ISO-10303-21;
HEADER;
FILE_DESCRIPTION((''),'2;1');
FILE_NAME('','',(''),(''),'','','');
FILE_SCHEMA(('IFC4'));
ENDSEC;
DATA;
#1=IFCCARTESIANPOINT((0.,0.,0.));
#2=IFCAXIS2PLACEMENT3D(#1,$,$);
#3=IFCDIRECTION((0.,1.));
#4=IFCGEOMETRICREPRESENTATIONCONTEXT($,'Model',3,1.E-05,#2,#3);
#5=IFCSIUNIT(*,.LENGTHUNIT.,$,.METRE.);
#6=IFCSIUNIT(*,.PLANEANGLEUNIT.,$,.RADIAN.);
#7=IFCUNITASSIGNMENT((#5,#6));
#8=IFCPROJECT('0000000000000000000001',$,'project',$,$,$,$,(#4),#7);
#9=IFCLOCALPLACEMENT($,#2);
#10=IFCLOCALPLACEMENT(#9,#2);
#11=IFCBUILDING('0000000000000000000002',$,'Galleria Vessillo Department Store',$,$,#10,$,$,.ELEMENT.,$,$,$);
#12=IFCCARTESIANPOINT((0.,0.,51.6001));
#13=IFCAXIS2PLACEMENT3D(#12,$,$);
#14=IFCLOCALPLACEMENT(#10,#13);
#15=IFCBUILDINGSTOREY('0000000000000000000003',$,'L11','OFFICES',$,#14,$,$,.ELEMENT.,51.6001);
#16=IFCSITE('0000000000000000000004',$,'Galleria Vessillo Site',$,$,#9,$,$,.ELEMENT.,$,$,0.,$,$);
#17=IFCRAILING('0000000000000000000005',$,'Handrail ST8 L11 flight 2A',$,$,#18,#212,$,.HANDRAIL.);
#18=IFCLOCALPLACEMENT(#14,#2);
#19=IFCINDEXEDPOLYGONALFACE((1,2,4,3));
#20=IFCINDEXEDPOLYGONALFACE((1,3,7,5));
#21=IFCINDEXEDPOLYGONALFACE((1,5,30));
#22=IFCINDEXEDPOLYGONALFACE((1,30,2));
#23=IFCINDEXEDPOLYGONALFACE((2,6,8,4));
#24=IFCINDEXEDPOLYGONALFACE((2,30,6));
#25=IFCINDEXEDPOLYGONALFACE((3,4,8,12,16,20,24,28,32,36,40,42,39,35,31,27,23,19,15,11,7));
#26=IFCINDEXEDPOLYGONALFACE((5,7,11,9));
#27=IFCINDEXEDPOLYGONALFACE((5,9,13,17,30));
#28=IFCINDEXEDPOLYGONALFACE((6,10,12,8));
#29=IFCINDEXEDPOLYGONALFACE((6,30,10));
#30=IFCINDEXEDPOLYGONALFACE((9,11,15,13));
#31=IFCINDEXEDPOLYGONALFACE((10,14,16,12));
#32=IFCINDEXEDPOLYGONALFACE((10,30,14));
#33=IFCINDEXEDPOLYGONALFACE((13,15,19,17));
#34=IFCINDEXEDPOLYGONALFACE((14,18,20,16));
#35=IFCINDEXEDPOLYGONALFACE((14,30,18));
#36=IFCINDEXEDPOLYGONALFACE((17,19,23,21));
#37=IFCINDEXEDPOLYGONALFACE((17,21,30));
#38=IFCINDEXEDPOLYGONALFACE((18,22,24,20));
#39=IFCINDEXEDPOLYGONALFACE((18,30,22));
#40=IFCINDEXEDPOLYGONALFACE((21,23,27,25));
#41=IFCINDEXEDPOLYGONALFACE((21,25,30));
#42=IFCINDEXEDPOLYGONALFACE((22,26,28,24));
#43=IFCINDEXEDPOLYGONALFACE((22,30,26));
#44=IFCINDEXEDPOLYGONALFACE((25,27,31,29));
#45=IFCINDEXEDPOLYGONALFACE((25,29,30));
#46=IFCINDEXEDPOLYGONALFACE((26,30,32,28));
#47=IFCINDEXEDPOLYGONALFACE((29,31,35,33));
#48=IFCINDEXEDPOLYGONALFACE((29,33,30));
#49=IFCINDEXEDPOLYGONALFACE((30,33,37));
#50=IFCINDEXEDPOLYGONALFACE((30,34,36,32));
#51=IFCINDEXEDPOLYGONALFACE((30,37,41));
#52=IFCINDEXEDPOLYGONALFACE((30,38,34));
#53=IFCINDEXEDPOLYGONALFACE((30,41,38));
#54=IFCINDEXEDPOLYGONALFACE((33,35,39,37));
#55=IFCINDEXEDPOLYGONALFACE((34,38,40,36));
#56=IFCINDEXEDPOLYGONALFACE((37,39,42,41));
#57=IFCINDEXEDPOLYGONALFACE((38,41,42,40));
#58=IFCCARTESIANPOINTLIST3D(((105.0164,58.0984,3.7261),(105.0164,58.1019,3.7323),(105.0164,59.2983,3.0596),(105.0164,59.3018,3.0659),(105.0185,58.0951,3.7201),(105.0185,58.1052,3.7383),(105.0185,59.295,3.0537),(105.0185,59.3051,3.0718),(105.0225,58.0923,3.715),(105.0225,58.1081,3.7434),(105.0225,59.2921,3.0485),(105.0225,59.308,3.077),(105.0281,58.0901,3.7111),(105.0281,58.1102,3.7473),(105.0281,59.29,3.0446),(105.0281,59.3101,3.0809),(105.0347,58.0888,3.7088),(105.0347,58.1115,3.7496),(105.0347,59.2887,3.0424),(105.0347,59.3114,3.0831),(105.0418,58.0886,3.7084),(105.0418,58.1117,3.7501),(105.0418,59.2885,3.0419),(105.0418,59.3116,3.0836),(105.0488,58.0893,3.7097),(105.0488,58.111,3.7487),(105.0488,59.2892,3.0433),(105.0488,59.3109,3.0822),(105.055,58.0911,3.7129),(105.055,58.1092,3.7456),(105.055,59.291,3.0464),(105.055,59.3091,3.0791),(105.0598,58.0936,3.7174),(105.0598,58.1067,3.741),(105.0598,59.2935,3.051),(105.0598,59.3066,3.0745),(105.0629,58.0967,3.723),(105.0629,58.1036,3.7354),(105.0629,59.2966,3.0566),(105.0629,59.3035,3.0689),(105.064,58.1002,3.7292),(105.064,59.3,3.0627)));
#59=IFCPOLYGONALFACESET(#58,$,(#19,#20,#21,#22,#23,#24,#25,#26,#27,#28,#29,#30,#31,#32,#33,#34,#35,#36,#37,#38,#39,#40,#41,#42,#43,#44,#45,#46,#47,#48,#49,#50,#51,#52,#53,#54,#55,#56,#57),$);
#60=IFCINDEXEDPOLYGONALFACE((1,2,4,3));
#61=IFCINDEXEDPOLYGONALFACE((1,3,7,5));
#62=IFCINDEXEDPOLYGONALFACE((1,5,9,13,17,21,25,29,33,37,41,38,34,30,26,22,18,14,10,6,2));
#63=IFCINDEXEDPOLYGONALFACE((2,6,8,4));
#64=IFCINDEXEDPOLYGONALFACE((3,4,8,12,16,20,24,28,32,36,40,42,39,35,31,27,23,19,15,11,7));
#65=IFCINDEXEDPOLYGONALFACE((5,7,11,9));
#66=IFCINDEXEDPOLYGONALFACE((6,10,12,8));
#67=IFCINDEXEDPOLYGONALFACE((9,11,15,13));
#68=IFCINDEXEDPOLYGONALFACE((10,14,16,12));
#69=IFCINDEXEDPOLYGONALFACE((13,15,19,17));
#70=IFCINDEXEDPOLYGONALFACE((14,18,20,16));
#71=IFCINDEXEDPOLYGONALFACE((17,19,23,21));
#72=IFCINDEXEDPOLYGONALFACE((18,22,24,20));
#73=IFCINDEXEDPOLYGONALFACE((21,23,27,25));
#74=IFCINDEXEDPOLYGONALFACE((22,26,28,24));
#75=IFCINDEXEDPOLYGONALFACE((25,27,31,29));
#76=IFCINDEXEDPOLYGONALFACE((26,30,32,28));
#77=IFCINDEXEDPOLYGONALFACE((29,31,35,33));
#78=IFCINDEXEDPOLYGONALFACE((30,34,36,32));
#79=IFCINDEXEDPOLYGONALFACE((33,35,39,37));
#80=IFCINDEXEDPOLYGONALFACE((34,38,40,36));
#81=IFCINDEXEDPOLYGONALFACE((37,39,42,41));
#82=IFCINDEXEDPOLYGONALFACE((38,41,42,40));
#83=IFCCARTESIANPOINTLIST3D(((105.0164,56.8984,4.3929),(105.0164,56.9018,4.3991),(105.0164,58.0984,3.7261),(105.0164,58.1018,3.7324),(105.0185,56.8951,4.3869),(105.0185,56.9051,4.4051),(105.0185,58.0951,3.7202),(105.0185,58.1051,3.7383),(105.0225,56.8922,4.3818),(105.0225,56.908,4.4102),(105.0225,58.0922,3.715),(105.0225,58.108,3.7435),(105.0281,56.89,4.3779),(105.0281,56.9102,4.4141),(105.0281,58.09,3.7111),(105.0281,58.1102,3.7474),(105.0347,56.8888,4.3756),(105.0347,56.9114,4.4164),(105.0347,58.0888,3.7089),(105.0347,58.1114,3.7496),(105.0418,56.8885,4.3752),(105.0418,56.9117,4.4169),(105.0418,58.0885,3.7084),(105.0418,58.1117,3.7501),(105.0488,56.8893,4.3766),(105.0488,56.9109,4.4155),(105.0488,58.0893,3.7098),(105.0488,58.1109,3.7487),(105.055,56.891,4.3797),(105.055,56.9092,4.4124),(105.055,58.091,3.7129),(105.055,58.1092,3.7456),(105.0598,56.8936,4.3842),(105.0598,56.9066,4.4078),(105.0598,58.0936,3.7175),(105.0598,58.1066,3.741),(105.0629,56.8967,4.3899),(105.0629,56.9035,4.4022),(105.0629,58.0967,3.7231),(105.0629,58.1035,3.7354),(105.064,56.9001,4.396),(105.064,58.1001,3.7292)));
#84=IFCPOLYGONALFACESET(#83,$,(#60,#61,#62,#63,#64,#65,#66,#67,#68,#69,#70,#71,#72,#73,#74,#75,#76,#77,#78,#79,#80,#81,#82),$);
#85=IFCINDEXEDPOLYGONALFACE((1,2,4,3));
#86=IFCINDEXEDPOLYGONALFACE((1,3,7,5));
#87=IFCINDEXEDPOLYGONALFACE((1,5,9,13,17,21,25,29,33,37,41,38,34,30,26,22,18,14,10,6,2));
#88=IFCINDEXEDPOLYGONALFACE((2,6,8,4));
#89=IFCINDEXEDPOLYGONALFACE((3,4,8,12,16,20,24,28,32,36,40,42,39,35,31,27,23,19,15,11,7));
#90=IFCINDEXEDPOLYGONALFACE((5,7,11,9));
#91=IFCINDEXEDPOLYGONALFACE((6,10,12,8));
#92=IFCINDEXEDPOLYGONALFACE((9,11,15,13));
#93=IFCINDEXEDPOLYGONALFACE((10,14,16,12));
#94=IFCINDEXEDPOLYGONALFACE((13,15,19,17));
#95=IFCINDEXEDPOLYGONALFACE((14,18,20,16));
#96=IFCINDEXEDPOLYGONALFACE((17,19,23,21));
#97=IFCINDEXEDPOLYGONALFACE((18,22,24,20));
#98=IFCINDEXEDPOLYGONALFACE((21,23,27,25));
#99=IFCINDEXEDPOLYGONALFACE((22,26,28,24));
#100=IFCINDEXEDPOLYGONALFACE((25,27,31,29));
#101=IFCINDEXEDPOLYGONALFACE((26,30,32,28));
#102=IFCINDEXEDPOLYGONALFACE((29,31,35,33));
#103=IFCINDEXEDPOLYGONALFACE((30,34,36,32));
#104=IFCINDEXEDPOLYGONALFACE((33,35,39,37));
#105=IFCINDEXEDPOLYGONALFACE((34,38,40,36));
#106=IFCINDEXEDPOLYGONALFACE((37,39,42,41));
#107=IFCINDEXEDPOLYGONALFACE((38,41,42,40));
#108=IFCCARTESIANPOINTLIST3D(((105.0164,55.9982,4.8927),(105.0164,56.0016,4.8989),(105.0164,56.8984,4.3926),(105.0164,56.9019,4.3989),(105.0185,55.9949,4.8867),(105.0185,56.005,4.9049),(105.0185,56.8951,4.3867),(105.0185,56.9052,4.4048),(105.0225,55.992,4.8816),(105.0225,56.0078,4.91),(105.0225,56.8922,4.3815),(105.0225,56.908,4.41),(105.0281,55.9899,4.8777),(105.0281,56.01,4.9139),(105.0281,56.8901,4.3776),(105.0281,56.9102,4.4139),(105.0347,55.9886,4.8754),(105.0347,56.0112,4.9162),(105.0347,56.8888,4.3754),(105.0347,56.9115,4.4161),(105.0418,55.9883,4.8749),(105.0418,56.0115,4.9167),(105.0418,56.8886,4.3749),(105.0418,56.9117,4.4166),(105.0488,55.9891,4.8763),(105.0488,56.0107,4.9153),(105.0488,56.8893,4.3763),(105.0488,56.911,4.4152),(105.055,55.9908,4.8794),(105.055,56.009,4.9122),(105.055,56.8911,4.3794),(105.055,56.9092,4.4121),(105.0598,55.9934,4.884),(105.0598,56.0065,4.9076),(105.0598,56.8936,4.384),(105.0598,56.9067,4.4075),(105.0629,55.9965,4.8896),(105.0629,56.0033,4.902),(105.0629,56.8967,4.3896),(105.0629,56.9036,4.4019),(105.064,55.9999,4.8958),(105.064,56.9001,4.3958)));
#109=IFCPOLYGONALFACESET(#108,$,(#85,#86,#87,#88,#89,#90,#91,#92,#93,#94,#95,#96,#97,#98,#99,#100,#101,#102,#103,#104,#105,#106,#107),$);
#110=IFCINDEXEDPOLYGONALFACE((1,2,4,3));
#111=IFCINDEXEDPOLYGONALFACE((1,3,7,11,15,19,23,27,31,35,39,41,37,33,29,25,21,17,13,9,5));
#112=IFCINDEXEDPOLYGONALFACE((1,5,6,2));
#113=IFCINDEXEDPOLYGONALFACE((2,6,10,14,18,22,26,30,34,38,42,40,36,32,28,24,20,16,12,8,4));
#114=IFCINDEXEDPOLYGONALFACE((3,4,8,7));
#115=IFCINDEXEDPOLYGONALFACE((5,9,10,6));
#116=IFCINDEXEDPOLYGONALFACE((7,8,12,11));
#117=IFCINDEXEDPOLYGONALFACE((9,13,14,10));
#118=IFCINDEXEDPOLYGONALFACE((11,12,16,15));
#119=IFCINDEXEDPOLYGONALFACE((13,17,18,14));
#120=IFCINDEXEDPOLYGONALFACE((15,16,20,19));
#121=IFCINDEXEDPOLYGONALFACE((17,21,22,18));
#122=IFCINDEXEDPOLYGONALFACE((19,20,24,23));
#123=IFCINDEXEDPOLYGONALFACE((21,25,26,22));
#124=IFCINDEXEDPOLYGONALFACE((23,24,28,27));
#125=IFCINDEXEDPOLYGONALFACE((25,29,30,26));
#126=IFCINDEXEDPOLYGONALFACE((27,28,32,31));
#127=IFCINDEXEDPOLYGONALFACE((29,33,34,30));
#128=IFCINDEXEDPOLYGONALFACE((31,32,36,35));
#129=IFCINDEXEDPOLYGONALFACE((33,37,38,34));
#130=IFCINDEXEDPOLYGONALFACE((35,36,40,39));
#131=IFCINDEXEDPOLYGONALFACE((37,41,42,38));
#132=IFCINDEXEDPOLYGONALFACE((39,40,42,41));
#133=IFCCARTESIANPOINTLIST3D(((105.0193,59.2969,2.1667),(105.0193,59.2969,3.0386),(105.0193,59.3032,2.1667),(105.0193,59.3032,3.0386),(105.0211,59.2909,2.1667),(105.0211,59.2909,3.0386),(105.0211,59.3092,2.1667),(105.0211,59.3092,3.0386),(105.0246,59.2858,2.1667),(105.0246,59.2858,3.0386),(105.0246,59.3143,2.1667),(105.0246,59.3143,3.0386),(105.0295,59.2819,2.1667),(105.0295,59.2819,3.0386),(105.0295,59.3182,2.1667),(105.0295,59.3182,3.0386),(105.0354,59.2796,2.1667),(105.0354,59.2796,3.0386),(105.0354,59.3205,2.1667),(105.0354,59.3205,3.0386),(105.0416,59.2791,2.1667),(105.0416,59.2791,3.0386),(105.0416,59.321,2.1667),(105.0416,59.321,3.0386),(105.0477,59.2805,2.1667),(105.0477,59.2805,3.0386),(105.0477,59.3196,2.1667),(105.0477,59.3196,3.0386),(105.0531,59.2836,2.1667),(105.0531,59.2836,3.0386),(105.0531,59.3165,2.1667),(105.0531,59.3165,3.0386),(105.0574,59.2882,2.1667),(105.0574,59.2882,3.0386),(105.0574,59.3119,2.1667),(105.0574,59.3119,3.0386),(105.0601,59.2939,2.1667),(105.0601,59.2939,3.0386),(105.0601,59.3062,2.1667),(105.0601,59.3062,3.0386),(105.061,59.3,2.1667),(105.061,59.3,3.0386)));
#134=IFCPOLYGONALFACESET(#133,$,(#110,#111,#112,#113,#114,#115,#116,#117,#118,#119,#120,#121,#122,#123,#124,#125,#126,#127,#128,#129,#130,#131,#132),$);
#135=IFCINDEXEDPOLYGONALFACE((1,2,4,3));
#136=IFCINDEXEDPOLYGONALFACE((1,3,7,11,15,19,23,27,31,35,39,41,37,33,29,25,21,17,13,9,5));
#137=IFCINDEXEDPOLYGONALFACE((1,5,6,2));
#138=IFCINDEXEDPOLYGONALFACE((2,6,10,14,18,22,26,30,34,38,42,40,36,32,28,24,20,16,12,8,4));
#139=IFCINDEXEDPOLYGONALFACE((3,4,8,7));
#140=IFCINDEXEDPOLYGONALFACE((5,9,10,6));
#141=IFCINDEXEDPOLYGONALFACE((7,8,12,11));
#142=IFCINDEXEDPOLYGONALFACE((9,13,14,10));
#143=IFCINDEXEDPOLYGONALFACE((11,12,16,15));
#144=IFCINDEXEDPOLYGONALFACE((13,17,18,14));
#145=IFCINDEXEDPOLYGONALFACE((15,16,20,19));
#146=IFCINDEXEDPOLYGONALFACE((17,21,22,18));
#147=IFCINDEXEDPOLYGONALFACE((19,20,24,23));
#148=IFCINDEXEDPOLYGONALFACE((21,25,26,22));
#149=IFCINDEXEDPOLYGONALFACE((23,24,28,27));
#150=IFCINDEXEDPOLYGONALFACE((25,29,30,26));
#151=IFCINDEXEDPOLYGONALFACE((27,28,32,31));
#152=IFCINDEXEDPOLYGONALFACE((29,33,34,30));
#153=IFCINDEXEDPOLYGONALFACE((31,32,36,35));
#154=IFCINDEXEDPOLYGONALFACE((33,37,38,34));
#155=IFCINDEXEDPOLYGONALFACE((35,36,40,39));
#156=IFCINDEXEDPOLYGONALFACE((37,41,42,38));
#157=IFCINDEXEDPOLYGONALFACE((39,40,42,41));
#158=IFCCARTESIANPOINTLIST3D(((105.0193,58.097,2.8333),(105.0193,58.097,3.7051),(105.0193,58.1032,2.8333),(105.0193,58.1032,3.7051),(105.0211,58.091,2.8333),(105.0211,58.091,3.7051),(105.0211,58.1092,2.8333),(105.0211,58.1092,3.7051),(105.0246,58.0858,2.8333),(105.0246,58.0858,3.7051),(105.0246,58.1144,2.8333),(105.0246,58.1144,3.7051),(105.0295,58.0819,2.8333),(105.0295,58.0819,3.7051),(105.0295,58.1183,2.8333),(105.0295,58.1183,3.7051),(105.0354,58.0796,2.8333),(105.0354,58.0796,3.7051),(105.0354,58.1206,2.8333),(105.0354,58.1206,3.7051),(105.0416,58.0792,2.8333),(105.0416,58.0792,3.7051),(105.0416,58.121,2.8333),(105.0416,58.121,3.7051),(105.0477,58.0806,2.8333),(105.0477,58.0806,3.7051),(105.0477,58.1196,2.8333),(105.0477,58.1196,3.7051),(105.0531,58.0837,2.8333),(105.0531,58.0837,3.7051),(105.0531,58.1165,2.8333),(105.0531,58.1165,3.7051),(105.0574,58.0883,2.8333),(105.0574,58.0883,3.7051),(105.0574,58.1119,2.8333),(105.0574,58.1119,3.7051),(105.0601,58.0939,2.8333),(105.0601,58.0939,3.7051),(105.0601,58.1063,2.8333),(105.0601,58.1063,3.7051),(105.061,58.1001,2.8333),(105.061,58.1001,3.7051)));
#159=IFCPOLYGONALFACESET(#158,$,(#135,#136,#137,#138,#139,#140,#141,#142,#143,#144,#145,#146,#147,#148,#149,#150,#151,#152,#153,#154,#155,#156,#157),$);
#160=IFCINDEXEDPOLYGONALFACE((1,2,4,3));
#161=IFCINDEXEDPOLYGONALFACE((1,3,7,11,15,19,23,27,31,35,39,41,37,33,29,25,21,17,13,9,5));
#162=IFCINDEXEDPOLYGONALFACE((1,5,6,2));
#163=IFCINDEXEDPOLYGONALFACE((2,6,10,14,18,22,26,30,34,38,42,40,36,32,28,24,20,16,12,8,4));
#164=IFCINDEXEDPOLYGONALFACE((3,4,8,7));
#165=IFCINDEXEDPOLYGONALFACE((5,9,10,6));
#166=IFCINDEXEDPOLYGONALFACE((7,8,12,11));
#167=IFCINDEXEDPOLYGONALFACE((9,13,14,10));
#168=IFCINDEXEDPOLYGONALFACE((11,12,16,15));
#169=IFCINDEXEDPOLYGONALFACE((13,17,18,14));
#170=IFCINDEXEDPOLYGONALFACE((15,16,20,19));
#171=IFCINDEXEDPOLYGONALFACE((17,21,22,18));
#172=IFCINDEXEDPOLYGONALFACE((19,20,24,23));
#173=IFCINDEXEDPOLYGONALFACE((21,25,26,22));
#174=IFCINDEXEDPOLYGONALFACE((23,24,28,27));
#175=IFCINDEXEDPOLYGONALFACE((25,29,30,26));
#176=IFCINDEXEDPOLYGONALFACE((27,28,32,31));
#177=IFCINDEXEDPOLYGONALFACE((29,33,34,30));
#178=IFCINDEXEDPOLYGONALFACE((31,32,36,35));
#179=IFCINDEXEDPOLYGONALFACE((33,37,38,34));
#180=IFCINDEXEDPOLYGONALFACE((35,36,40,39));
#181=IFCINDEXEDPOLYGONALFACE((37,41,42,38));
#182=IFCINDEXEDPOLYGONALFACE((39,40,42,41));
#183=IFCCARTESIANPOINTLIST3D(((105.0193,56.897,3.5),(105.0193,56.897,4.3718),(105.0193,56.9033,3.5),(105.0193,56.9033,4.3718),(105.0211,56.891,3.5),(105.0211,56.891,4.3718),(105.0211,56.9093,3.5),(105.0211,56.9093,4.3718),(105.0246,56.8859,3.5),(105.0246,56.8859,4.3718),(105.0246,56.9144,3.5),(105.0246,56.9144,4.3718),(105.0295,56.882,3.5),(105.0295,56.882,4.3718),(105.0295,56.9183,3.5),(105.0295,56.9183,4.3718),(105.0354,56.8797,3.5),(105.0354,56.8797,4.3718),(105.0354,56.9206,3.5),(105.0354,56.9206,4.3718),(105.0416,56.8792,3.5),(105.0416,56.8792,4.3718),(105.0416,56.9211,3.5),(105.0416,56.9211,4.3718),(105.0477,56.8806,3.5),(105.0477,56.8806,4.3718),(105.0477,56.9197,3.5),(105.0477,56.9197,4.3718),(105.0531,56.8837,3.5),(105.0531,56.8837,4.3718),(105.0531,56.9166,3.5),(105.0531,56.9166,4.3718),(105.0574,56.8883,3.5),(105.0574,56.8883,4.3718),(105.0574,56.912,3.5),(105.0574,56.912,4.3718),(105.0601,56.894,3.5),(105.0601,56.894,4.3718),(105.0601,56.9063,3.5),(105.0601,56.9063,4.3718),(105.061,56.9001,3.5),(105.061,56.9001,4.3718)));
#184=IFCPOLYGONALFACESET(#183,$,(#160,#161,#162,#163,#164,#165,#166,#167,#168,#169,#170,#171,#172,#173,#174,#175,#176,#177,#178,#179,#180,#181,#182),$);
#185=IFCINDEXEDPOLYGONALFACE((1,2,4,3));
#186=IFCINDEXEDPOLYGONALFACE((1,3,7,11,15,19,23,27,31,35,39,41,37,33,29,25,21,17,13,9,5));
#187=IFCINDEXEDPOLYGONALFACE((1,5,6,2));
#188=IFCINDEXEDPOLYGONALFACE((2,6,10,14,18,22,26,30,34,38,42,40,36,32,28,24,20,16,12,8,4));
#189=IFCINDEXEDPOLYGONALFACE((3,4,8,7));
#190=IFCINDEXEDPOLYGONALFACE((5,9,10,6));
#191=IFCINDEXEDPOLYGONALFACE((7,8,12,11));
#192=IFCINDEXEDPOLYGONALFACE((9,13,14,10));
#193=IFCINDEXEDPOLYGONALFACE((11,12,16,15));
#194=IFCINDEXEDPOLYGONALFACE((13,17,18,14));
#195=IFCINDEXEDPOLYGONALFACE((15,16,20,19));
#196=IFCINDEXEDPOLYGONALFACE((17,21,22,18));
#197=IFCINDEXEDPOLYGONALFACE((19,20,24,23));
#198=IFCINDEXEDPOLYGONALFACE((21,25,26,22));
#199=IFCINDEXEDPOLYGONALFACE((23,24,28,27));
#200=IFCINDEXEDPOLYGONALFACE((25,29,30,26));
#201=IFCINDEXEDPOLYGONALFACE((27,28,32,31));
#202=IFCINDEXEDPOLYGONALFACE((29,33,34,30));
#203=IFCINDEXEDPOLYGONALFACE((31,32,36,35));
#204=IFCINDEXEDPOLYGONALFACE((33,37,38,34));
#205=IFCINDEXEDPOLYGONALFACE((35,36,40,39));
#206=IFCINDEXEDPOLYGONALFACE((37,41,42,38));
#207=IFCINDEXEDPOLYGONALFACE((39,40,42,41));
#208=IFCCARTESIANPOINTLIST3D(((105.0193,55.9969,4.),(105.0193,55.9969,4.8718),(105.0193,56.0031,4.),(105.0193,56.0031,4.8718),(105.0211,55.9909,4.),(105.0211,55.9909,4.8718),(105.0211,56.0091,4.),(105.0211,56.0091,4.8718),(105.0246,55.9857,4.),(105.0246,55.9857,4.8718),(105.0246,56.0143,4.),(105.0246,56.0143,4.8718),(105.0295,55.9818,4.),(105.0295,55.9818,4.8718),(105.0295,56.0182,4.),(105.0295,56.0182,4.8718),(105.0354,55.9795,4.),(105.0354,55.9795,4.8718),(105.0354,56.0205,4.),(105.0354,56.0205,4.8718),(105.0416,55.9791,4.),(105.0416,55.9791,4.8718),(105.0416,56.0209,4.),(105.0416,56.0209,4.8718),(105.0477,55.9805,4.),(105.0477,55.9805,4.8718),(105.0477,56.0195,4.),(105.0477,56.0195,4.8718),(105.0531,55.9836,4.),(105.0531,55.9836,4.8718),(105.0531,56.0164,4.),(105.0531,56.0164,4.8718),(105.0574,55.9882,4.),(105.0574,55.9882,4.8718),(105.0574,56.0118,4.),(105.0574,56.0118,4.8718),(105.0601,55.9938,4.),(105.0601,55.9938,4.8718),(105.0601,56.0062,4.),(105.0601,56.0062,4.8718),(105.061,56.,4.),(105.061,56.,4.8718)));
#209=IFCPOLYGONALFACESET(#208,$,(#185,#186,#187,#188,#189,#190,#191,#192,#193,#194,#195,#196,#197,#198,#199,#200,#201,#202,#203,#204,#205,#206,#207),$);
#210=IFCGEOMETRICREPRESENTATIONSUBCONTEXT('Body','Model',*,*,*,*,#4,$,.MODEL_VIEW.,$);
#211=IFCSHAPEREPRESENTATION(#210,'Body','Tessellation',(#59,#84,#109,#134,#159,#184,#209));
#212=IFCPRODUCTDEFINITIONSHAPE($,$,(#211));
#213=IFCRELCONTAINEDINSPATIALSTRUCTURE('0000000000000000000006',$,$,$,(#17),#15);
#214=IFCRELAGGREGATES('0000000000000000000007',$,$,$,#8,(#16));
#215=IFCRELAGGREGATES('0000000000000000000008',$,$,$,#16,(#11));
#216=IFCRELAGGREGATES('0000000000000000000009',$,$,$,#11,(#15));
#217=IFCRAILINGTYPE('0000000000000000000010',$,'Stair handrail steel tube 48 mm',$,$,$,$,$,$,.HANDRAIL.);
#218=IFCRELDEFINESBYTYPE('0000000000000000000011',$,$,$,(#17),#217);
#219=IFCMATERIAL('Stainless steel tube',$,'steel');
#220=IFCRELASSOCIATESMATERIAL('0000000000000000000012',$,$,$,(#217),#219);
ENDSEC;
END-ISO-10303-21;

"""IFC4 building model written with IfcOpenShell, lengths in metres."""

from ifc_helpers import new_model, si_unit, direction, frame, origin, origin_2d, place, context, subcontext, project, spatial, circle, extrude, material, type_object, element, save


model = new_model("IFC4")

# Units and contexts
model_context = context("Model", 3, precision=1e-05, world=origin(), true_north=direction((0.0, 1.0)))
body_context = subcontext(model_context, "Body", "Model", "MODEL_VIEW")
ifc_project = project(units=[si_unit("LENGTHUNIT", "METRE"), si_unit("PLANEANGLEUNIT", "RADIAN")], contexts=[model_context])

# Site, building, storey
site_placement = place(None, origin())
site = spatial("IfcSite", under=ifc_project, at=site_placement, Name="Galleria Vessillo Site", CompositionType="ELEMENT", RefElevation=0.0)
building_placement = place(site_placement, origin())
building = spatial("IfcBuilding", under=site, at=building_placement, Name="Galleria Vessillo Department Store", CompositionType="ELEMENT")
storey_placement = place(building_placement, frame((0.0, 0.0, 51.6001)))
storey = spatial("IfcBuildingStorey", under=building, at=storey_placement, Name="L11", Description="OFFICES", CompositionType="ELEMENT", Elevation=51.6001)

# Railing
ifc_material_1 = material(Name="Stainless steel tube", Category="steel")
railing_type = type_object("IfcRailingType", Name="Stair handrail steel tube 48 mm", PredefinedType="HANDRAIL", material=ifc_material_1)
for number, where, name in (
    (1, (105.04, 59.3, 2.1667), "Handrail ST8 L11 flight 2A"),
):
    element("IfcRailing", number, at=place(storey_placement, frame(where)), inside=storey, type_object=railing_type, Name=name, PredefinedType="HANDRAIL", context=body_context, shape_type="SweptSolid", body=[
        extrude(circle(Radius=0.0239, at=origin_2d()), frame((0.0, 0.0, 0.896), z_axis=(0.0, -0.874199, 0.485567), x_axis=(1.0, 0.0, 0.0)), (0.0, 0.0, 1.0), 1.3726),
        extrude(circle(Radius=0.0239, at=origin_2d()), frame((0.0, -1.2, 1.5625), z_axis=(0.0, -0.874124, 0.485703), x_axis=(1.0, 0.0, 0.0)), (0.0, 0.0, 1.0), 1.3728),
        extrude(circle(Radius=0.0239, at=origin_2d()), frame((0.0, -2.3999, 2.229), z_axis=(0.0, -0.874191, 0.485583), x_axis=(1.0, 0.0, 0.0)), (0.0, 0.0, 1.0), 1.0298),
        extrude(circle(Radius=0.021, at=origin_2d()), origin(), (0.0, 0.0, 1.0), 0.8718),
        extrude(circle(Radius=0.021, at=origin_2d()), frame((0.0, -1.2, 0.6665)), (0.0, 0.0, 1.0), 0.8718),
        extrude(circle(Radius=0.021, at=origin_2d()), frame((0.0, -2.3999, 1.3333)), (0.0, 0.0, 1.0), 0.8718),
        extrude(circle(Radius=0.021, at=origin_2d()), frame((0.0, -3.3, 1.8333)), (0.0, 0.0, 1.0), 0.8718),
    ])

save(model, "model.ifc")
